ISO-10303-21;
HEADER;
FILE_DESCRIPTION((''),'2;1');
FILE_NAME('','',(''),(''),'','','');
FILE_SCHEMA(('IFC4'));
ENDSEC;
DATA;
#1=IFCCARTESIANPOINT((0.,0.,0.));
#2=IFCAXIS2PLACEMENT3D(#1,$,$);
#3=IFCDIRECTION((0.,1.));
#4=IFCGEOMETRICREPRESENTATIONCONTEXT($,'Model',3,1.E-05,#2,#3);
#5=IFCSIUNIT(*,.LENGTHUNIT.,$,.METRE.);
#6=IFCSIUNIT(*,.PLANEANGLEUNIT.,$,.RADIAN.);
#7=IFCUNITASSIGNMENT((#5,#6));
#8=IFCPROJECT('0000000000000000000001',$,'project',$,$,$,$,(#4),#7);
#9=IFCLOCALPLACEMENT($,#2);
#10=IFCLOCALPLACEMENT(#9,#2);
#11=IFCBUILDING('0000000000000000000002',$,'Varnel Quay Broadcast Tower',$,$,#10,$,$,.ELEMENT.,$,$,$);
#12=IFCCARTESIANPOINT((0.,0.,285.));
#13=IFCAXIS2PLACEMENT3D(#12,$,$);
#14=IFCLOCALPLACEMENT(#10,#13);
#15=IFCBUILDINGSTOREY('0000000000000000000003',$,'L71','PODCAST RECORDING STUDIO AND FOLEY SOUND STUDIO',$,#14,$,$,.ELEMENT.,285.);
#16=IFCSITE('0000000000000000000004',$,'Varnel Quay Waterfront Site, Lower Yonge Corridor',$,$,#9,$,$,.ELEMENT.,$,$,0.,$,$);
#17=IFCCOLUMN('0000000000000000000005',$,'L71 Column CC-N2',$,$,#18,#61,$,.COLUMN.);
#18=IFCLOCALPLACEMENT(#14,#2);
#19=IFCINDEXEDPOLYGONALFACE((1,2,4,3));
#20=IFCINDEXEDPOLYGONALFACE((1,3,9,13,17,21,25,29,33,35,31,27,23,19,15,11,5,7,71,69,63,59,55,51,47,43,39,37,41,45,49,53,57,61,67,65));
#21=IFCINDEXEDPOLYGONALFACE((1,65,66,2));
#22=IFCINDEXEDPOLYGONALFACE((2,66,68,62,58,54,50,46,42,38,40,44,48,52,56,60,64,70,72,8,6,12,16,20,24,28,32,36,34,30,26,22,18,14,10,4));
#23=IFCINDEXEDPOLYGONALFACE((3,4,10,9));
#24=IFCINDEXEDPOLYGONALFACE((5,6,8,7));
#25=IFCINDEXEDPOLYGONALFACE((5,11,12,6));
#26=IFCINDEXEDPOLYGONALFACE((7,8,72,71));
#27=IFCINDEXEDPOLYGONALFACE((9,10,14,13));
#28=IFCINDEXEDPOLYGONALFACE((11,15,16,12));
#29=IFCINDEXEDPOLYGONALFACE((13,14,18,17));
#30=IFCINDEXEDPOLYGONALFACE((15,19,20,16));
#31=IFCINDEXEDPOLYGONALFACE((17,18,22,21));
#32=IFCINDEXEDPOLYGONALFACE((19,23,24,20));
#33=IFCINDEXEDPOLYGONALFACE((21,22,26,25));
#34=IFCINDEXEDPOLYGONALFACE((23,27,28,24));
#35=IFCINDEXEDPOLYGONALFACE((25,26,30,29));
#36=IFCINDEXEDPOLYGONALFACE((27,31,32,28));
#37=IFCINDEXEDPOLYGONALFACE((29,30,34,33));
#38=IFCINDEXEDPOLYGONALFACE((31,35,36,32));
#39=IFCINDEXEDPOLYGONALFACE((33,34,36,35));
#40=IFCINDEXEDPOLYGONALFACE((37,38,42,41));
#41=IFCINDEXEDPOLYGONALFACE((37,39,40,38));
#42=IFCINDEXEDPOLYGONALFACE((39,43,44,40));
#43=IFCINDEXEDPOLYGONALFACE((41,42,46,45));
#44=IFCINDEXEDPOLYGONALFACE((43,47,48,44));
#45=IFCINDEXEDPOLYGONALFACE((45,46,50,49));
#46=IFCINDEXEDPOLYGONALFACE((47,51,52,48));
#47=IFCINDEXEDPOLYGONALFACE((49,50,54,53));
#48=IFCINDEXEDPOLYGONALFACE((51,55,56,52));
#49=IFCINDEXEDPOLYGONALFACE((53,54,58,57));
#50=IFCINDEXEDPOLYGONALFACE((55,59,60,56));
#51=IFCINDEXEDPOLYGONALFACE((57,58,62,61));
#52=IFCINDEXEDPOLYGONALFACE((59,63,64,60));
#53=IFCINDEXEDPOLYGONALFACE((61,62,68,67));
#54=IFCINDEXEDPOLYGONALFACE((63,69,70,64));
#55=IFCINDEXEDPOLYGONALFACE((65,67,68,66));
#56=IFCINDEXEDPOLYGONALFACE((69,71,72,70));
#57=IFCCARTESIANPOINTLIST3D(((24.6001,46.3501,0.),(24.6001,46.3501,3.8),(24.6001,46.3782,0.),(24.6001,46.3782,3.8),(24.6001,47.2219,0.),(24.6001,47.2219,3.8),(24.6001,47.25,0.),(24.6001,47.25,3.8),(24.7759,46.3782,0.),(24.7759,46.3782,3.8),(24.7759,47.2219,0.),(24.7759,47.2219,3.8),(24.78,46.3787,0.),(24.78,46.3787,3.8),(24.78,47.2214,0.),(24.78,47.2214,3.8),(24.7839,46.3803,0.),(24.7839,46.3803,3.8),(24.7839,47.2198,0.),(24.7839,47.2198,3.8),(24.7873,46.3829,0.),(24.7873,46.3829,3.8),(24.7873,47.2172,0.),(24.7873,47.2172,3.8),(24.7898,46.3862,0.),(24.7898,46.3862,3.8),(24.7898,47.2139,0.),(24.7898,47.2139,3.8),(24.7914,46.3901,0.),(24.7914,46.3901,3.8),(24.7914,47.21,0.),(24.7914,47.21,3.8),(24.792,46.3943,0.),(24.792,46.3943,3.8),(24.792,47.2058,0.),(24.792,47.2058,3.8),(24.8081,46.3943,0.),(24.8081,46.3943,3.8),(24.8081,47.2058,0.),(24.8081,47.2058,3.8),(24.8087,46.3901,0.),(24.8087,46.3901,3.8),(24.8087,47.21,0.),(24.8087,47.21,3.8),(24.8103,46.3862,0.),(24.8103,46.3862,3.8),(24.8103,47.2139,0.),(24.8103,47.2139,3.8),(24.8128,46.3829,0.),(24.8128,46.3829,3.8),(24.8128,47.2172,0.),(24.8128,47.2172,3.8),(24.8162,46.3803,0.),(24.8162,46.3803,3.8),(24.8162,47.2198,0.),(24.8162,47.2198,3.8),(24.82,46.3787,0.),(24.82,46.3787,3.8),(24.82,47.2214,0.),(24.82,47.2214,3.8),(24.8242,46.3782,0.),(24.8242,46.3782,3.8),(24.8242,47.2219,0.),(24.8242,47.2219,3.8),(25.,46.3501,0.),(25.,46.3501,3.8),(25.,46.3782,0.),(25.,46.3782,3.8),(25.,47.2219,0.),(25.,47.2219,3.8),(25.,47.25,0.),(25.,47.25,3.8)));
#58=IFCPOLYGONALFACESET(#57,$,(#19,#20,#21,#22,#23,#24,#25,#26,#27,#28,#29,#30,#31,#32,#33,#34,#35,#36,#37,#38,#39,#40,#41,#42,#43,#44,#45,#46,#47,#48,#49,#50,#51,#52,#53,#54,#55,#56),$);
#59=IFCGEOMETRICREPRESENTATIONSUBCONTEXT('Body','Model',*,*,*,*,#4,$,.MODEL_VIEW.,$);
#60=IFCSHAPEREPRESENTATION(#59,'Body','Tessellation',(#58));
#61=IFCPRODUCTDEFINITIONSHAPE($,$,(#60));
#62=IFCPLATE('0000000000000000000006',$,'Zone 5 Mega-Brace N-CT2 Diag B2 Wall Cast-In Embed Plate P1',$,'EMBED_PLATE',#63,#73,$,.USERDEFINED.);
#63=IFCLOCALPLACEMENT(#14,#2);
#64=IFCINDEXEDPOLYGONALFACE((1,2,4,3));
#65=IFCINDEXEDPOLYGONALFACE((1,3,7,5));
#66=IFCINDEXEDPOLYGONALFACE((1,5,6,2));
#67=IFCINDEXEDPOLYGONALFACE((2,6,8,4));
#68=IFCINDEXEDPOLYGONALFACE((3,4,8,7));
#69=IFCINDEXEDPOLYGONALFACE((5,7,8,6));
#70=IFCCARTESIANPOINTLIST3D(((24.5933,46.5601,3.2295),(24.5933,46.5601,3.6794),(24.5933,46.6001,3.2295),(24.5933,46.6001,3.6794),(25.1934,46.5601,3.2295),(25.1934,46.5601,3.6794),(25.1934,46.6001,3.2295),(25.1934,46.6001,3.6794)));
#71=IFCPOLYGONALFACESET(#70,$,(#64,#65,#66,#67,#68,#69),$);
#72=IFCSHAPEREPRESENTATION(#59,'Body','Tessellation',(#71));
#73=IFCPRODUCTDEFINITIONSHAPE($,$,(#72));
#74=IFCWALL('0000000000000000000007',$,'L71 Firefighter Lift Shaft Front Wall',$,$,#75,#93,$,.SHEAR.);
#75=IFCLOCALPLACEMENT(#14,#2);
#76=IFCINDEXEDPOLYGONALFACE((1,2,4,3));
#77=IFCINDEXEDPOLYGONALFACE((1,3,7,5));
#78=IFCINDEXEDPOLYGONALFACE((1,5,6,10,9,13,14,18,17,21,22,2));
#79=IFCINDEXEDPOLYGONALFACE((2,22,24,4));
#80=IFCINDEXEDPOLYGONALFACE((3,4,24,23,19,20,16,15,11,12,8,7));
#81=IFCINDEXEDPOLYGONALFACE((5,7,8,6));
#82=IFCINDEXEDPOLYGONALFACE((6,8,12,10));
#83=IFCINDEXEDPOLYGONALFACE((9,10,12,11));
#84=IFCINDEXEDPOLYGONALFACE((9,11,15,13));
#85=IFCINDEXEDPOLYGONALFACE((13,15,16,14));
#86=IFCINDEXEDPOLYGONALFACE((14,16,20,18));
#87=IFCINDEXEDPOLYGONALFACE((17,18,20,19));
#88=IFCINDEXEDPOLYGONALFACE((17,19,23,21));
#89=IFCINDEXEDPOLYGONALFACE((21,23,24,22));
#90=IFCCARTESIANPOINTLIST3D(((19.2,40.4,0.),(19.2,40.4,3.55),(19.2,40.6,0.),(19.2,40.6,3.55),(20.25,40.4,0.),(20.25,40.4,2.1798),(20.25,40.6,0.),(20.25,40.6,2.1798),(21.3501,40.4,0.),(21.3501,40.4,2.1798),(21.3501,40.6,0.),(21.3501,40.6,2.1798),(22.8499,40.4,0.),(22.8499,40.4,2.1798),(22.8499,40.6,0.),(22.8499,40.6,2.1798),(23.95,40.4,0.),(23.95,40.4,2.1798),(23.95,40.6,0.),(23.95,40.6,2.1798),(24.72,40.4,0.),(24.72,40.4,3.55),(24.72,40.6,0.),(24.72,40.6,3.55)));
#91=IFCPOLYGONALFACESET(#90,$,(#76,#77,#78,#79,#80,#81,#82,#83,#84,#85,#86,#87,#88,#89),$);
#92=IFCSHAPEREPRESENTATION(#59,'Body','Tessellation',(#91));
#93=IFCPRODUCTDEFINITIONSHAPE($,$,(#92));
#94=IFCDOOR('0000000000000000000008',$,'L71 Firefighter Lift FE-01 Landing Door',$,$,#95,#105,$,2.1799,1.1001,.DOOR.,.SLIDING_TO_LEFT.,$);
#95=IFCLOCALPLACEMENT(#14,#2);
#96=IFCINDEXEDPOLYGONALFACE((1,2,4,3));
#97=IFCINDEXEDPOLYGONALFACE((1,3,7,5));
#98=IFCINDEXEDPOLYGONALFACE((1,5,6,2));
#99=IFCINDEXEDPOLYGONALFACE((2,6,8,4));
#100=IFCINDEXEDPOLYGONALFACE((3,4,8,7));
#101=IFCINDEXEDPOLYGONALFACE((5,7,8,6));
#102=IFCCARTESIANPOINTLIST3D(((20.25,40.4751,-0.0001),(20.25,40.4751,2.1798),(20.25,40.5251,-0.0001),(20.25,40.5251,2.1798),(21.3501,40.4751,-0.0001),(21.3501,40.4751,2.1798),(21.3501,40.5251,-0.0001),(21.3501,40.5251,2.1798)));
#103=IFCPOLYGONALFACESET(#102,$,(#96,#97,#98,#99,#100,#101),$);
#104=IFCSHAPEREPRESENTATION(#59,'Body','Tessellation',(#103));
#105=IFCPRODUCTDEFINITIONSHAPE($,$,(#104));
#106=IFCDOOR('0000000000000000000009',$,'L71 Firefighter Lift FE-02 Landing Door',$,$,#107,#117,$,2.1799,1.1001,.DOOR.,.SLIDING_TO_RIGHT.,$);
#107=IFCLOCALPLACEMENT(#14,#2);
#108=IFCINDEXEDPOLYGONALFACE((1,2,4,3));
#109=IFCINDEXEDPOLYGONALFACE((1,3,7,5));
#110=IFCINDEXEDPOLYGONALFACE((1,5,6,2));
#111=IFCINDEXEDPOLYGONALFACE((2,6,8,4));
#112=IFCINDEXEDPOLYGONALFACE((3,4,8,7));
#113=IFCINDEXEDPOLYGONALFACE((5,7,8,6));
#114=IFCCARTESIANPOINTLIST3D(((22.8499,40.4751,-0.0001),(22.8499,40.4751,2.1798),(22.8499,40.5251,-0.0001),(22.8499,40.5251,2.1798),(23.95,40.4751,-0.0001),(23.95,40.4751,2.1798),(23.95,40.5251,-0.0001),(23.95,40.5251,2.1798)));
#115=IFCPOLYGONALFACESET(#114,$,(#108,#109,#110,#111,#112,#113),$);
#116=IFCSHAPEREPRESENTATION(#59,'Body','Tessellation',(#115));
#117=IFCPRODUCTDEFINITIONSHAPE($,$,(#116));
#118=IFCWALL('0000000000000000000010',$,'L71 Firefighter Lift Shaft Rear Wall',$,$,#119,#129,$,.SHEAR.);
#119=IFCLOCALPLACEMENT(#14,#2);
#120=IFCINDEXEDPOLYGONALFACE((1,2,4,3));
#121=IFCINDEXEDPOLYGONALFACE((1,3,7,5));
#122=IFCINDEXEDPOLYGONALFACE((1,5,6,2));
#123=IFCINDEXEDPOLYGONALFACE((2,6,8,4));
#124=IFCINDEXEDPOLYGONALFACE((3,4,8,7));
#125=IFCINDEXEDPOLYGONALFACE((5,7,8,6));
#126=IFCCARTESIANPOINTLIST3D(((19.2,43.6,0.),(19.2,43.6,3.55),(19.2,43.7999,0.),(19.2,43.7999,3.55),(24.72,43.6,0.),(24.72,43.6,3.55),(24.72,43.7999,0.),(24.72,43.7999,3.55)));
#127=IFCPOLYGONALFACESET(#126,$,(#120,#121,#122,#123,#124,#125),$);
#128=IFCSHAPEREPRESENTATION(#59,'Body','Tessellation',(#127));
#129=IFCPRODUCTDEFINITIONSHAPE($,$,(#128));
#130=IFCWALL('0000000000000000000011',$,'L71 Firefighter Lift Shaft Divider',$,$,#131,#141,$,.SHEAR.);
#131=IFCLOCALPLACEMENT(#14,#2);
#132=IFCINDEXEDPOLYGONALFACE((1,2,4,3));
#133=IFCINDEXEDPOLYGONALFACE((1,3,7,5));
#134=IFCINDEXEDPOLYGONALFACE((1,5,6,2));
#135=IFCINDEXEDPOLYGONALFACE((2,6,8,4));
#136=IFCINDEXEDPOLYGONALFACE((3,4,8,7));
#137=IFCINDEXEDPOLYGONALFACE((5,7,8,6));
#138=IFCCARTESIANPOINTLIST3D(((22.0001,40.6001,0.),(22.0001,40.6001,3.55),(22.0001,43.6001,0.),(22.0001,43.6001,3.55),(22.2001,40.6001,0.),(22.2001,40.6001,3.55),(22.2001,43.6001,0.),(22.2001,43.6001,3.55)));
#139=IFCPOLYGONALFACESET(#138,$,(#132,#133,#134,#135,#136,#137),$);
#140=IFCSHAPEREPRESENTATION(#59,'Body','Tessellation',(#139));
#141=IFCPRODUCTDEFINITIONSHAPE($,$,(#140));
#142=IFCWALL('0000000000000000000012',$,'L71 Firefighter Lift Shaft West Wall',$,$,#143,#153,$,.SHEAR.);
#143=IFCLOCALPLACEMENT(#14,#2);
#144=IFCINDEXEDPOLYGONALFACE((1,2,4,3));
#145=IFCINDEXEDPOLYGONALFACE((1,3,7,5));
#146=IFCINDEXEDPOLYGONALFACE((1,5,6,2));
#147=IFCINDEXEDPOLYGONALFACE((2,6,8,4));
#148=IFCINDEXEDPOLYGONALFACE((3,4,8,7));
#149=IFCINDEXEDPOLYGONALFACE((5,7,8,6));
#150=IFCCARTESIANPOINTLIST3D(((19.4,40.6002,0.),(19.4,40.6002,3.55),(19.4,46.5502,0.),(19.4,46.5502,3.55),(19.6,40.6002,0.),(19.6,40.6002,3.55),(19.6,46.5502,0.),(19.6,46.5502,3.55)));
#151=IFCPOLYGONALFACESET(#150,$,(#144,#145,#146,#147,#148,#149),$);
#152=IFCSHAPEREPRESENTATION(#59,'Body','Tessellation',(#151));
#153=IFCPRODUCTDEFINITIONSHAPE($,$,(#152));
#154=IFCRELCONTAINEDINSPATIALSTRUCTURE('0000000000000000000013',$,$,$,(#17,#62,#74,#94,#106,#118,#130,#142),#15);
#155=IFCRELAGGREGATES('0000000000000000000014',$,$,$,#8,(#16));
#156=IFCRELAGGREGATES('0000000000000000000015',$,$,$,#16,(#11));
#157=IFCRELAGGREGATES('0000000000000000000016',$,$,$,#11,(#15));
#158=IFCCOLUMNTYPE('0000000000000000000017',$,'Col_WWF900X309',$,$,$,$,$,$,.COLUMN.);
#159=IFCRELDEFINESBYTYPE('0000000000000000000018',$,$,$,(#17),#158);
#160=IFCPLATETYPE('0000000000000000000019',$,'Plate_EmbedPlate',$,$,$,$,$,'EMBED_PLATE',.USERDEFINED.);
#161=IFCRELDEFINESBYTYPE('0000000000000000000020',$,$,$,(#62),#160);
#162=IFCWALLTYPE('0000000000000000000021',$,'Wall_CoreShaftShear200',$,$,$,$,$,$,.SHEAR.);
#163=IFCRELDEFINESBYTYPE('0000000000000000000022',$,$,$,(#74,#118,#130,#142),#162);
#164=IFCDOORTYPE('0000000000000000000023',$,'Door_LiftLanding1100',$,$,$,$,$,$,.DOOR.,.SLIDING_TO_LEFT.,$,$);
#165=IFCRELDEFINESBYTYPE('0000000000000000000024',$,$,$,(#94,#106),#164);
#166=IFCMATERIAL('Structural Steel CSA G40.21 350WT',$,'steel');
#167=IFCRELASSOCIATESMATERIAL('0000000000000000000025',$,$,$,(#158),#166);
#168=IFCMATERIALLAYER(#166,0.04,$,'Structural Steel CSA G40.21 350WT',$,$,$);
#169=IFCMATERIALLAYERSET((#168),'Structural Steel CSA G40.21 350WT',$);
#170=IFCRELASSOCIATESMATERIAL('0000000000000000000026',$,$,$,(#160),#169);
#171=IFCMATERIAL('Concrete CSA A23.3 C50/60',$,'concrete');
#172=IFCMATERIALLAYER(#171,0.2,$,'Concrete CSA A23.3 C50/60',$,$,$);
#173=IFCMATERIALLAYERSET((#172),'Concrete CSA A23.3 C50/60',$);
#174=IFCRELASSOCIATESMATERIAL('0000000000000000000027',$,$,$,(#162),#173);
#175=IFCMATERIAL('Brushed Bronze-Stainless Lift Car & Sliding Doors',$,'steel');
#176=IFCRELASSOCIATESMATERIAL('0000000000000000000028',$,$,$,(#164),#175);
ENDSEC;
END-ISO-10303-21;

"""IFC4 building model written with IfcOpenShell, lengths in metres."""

from ifc_helpers import new_model, si_unit, direction, frame, frame_2d, origin, origin_2d, place, context, subcontext, project, spatial, rectangle, i_section, extrude, source, transform, mapped, material, layer, layer_set, material_profile, profile_set, type_object, type_shapes, element, fill, save


model = new_model("IFC4")

# Units and contexts
model_context = context("Model", 3, precision=1e-05, world=origin(), true_north=direction((0.0, 1.0)))
body_context = subcontext(model_context, "Body", "Model", "MODEL_VIEW")
ifc_project = project(units=[si_unit("LENGTHUNIT", "METRE"), si_unit("PLANEANGLEUNIT", "RADIAN")], contexts=[model_context])

# Site, building, storey
site_placement = place(None, origin())
site = spatial("IfcSite", under=ifc_project, at=site_placement, Name="Varnel Quay Waterfront Site, Lower Yonge Corridor", CompositionType="ELEMENT", RefElevation=0.0)
building_placement = place(site_placement, origin())
building = spatial("IfcBuilding", under=site, at=building_placement, Name="Varnel Quay Broadcast Tower", CompositionType="ELEMENT")
storey_placement = place(building_placement, frame((0.0, 0.0, 285.0)))
storey = spatial("IfcBuildingStorey", under=building, at=storey_placement, Name="L71", Description="PODCAST RECORDING STUDIO AND FOLEY SOUND STUDIO", CompositionType="ELEMENT", Elevation=285.0)

# Column
ifc_material_1 = material(Name="Structural Steel CSA G40.21 350WT", Category="steel")
ifc_material_profile = material_profile(ifc_material_1, i_section(OverallWidth=0.3999, OverallDepth=0.8999, WebThickness=0.0161, FlangeThickness=0.0281, FilletRadius=0.0161, at=origin_2d()), Name="WWF900X309")
ifc_profile_set = profile_set([ifc_material_profile], Name="Structural Steel CSA G40.21 350WT")
column_type = type_object("IfcColumnType", Name="Col_WWF900X309", PredefinedType="COLUMN", material=ifc_profile_set)
shared_shape_1 = source(origin(), body_context, "Body", "SweptSolid", [
    extrude(i_section(OverallWidth=0.3999, OverallDepth=0.8999, WebThickness=0.0161, FlangeThickness=0.0281, FilletRadius=0.0161, at=origin_2d()), origin(), (0.0, 0.0, 1.0), 3.8),
])
type_shapes(column_type, [shared_shape_1])
column_placement = place(storey_placement, frame((24.8, 46.8, 0.0), z_axis=(0.0, 0.0, 1.0), x_axis=(1.0, 0.0, 0.0)))
element("IfcColumn", 1, at=column_placement, inside=storey, type_object=column_type, Name="L71 Column CC-N2", PredefinedType="COLUMN", context=body_context, shape_type="MappedRepresentation", body=[
    mapped(shared_shape_1, transform((0.0, 0.0, 0.0), x_axis=(1.0, 0.0, 0.0), y_axis=(0.0, 1.0, 0.0), z_axis=(0.0, 0.0, 1.0), scale=1.0)),
])

# Plate
ifc_layer_1 = layer(ifc_material_1, 0.04, Name="Structural Steel CSA G40.21 350WT")
ifc_layer_set_1 = layer_set([ifc_layer_1], Name="Structural Steel CSA G40.21 350WT")
plate_type = type_object("IfcPlateType", Name="Plate_EmbedPlate", ElementType="EMBED_PLATE", PredefinedType="USERDEFINED", material=ifc_layer_set_1)
shared_shape_2 = source(origin(), body_context, "Body", "SweptSolid", [
    extrude(rectangle(XDim=0.6001, YDim=0.04, at=origin_2d()), origin(), (0.0, 0.0, 1.0), 0.45),
])
type_shapes(plate_type, [shared_shape_2])
plate_placement = place(storey_placement, frame((24.8933, 46.5801, 3.2295), z_axis=(0.0, 0.0, 1.0), x_axis=(1.0, 0.0, 0.0)))
element("IfcPlate", 2, at=plate_placement, inside=storey, type_object=plate_type, Name="Zone 5 Mega-Brace N-CT2 Diag B2 Wall Cast-In Embed Plate P1", ObjectType="EMBED_PLATE", PredefinedType="USERDEFINED", context=body_context, shape_type="MappedRepresentation", body=[
    mapped(shared_shape_2, transform((0.0, 0.0, 0.0), x_axis=(1.0, 0.0, 0.0), y_axis=(0.0, 1.0, 0.0), z_axis=(0.0, 0.0, 1.0), scale=1.0)),
])

# Wall, openings, doors
ifc_material_2 = material(Name="Concrete CSA A23.3 C50/60", Category="concrete")
ifc_layer_2 = layer(ifc_material_2, 0.2, Name="Concrete CSA A23.3 C50/60")
ifc_layer_set_2 = layer_set([ifc_layer_2], Name="Concrete CSA A23.3 C50/60")
wall_type_1 = type_object("IfcWallType", Name="Wall_CoreShaftShear200", PredefinedType="SHEAR", material=ifc_layer_set_2)
wall_1_placement = place(storey_placement, frame((19.2, 40.5, 0.0), z_axis=(0.0, 0.0, 1.0), x_axis=(1.0, 0.0, 0.0)))
wall_1 = element("IfcWall", 3, at=wall_1_placement, inside=storey, type_object=wall_type_1, Name="L71 Firefighter Lift Shaft Front Wall", PredefinedType="SHEAR", context=body_context, shape_type="SweptSolid", body=[
    extrude(rectangle(XDim=5.52, YDim=0.2, at=frame_2d((2.76, 0.0))), origin(), (0.0, 0.0, 1.0), 3.55),
])
opening_1_placement = place(wall_1_placement, frame((1.05, 0.0, 0.0)))
opening_1 = element("IfcOpeningElement", 4, at=opening_1_placement, cuts=wall_1, PredefinedType="OPENING", context=body_context, shape_type="SweptSolid", body=[
    extrude(rectangle(XDim=1.1001, YDim=2.1799, at=frame_2d((0.55, 1.0898))), frame((0.0, 0.1099, 0.0), z_axis=(0.0, -1.0, 0.0), x_axis=(1.0, 0.0, 0.0)), (0.0, 0.0, 1.0), 0.22),
])
opening_2_placement = place(wall_1_placement, frame((3.6499, 0.0, 0.0)))
opening_2 = element("IfcOpeningElement", 5, at=opening_2_placement, cuts=wall_1, PredefinedType="OPENING", context=body_context, shape_type="SweptSolid", body=[
    extrude(rectangle(XDim=1.1001, YDim=2.1799, at=frame_2d((0.55, 1.0898))), frame((0.0, 0.1099, 0.0), z_axis=(0.0, -1.0, 0.0), x_axis=(1.0, 0.0, 0.0)), (0.0, 0.0, 1.0), 0.22),
])
ifc_material_3 = material(Name="Brushed Bronze-Stainless Lift Car & Sliding Doors", Category="steel")
door_type_1 = type_object("IfcDoorType", Name="Door_LiftLanding1100", OperationType="SLIDING_TO_LEFT", PredefinedType="DOOR", material=ifc_material_3)
shared_shape_3 = source(origin(), body_context, "Body", "SweptSolid", [
    extrude(rectangle(XDim=1.1001, YDim=2.1799, at=frame_2d((0.55, 1.0898))), frame((0.0, 0.0249, 0.0), z_axis=(0.0, -1.0, 0.0), x_axis=(1.0, 0.0, 0.0)), (0.0, 0.0, 1.0), 0.05),
])
type_shapes(door_type_1, [shared_shape_3])
door_1_placement = place(opening_1_placement, frame((1.1001, 0.0, 0.0), z_axis=(0.0, 0.0, 1.0), x_axis=(-1.0, 0.0, 0.0)))
door_1 = element("IfcDoor", 6, at=door_1_placement, inside=storey, type_object=door_type_1, Name="L71 Firefighter Lift FE-01 Landing Door", OperationType="SLIDING_TO_LEFT", OverallHeight=2.1799, OverallWidth=1.1001, PredefinedType="DOOR", context=body_context, shape_type="MappedRepresentation", body=[
    mapped(shared_shape_3, transform((0.0, 0.0, 0.0), x_axis=(1.0, 0.0, 0.0), y_axis=(0.0, 1.0, 0.0), z_axis=(0.0, 0.0, 1.0), scale=1.0)),
])
fill(opening_1, door_1)
door_2_placement = place(opening_2_placement, frame((1.1001, 0.0, 0.0), z_axis=(0.0, 0.0, 1.0), x_axis=(-1.0, 0.0, 0.0)))
door_2 = element("IfcDoor", 7, at=door_2_placement, inside=storey, type_object=door_type_1, Name="L71 Firefighter Lift FE-02 Landing Door", OperationType="SLIDING_TO_RIGHT", OverallHeight=2.1799, OverallWidth=1.1001, PredefinedType="DOOR", context=body_context, shape_type="MappedRepresentation", body=[
    mapped(shared_shape_3, transform((0.0, 0.0, 0.0), x_axis=(1.0, 0.0, 0.0), y_axis=(0.0, 1.0, 0.0), z_axis=(0.0, 0.0, 1.0), scale=1.0)),
])
fill(opening_2, door_2)

# Walls
wall_2_placement = place(storey_placement, frame((19.2, 43.7, 0.0), z_axis=(0.0, 0.0, 1.0), x_axis=(1.0, 0.0, 0.0)))
element("IfcWall", 8, at=wall_2_placement, inside=storey, type_object=wall_type_1, Name="L71 Firefighter Lift Shaft Rear Wall", PredefinedType="SHEAR", context=body_context, shape_type="SweptSolid", body=[
    extrude(rectangle(XDim=5.52, YDim=0.2, at=frame_2d((2.76, 0.0))), origin(), (0.0, 0.0, 1.0), 3.55),
])
wall_3_placement = place(storey_placement, frame((22.1001, 40.6001, 0.0), z_axis=(0.0, 0.0, 1.0), x_axis=(0.0, 1.0, 0.0)))
element("IfcWall", 9, at=wall_3_placement, inside=storey, type_object=wall_type_1, Name="L71 Firefighter Lift Shaft Divider", PredefinedType="SHEAR", context=body_context, shape_type="SweptSolid", body=[
    extrude(rectangle(XDim=3.0, YDim=0.2, at=frame_2d((1.5, 0.0))), origin(), (0.0, 0.0, 1.0), 3.55),
])
wall_4_placement = place(storey_placement, frame((19.5, 40.6001, 0.0), z_axis=(0.0, 0.0, 1.0), x_axis=(0.0, 1.0, 0.0)))
element("IfcWall", 10, at=wall_4_placement, inside=storey, type_object=wall_type_1, Name="L71 Firefighter Lift Shaft West Wall", PredefinedType="SHEAR", context=body_context, shape_type="SweptSolid", body=[
    extrude(rectangle(XDim=5.95, YDim=0.2, at=frame_2d((2.9751, 0.0))), origin(), (0.0, 0.0, 1.0), 3.55),
])

save(model, "model.ifc")
